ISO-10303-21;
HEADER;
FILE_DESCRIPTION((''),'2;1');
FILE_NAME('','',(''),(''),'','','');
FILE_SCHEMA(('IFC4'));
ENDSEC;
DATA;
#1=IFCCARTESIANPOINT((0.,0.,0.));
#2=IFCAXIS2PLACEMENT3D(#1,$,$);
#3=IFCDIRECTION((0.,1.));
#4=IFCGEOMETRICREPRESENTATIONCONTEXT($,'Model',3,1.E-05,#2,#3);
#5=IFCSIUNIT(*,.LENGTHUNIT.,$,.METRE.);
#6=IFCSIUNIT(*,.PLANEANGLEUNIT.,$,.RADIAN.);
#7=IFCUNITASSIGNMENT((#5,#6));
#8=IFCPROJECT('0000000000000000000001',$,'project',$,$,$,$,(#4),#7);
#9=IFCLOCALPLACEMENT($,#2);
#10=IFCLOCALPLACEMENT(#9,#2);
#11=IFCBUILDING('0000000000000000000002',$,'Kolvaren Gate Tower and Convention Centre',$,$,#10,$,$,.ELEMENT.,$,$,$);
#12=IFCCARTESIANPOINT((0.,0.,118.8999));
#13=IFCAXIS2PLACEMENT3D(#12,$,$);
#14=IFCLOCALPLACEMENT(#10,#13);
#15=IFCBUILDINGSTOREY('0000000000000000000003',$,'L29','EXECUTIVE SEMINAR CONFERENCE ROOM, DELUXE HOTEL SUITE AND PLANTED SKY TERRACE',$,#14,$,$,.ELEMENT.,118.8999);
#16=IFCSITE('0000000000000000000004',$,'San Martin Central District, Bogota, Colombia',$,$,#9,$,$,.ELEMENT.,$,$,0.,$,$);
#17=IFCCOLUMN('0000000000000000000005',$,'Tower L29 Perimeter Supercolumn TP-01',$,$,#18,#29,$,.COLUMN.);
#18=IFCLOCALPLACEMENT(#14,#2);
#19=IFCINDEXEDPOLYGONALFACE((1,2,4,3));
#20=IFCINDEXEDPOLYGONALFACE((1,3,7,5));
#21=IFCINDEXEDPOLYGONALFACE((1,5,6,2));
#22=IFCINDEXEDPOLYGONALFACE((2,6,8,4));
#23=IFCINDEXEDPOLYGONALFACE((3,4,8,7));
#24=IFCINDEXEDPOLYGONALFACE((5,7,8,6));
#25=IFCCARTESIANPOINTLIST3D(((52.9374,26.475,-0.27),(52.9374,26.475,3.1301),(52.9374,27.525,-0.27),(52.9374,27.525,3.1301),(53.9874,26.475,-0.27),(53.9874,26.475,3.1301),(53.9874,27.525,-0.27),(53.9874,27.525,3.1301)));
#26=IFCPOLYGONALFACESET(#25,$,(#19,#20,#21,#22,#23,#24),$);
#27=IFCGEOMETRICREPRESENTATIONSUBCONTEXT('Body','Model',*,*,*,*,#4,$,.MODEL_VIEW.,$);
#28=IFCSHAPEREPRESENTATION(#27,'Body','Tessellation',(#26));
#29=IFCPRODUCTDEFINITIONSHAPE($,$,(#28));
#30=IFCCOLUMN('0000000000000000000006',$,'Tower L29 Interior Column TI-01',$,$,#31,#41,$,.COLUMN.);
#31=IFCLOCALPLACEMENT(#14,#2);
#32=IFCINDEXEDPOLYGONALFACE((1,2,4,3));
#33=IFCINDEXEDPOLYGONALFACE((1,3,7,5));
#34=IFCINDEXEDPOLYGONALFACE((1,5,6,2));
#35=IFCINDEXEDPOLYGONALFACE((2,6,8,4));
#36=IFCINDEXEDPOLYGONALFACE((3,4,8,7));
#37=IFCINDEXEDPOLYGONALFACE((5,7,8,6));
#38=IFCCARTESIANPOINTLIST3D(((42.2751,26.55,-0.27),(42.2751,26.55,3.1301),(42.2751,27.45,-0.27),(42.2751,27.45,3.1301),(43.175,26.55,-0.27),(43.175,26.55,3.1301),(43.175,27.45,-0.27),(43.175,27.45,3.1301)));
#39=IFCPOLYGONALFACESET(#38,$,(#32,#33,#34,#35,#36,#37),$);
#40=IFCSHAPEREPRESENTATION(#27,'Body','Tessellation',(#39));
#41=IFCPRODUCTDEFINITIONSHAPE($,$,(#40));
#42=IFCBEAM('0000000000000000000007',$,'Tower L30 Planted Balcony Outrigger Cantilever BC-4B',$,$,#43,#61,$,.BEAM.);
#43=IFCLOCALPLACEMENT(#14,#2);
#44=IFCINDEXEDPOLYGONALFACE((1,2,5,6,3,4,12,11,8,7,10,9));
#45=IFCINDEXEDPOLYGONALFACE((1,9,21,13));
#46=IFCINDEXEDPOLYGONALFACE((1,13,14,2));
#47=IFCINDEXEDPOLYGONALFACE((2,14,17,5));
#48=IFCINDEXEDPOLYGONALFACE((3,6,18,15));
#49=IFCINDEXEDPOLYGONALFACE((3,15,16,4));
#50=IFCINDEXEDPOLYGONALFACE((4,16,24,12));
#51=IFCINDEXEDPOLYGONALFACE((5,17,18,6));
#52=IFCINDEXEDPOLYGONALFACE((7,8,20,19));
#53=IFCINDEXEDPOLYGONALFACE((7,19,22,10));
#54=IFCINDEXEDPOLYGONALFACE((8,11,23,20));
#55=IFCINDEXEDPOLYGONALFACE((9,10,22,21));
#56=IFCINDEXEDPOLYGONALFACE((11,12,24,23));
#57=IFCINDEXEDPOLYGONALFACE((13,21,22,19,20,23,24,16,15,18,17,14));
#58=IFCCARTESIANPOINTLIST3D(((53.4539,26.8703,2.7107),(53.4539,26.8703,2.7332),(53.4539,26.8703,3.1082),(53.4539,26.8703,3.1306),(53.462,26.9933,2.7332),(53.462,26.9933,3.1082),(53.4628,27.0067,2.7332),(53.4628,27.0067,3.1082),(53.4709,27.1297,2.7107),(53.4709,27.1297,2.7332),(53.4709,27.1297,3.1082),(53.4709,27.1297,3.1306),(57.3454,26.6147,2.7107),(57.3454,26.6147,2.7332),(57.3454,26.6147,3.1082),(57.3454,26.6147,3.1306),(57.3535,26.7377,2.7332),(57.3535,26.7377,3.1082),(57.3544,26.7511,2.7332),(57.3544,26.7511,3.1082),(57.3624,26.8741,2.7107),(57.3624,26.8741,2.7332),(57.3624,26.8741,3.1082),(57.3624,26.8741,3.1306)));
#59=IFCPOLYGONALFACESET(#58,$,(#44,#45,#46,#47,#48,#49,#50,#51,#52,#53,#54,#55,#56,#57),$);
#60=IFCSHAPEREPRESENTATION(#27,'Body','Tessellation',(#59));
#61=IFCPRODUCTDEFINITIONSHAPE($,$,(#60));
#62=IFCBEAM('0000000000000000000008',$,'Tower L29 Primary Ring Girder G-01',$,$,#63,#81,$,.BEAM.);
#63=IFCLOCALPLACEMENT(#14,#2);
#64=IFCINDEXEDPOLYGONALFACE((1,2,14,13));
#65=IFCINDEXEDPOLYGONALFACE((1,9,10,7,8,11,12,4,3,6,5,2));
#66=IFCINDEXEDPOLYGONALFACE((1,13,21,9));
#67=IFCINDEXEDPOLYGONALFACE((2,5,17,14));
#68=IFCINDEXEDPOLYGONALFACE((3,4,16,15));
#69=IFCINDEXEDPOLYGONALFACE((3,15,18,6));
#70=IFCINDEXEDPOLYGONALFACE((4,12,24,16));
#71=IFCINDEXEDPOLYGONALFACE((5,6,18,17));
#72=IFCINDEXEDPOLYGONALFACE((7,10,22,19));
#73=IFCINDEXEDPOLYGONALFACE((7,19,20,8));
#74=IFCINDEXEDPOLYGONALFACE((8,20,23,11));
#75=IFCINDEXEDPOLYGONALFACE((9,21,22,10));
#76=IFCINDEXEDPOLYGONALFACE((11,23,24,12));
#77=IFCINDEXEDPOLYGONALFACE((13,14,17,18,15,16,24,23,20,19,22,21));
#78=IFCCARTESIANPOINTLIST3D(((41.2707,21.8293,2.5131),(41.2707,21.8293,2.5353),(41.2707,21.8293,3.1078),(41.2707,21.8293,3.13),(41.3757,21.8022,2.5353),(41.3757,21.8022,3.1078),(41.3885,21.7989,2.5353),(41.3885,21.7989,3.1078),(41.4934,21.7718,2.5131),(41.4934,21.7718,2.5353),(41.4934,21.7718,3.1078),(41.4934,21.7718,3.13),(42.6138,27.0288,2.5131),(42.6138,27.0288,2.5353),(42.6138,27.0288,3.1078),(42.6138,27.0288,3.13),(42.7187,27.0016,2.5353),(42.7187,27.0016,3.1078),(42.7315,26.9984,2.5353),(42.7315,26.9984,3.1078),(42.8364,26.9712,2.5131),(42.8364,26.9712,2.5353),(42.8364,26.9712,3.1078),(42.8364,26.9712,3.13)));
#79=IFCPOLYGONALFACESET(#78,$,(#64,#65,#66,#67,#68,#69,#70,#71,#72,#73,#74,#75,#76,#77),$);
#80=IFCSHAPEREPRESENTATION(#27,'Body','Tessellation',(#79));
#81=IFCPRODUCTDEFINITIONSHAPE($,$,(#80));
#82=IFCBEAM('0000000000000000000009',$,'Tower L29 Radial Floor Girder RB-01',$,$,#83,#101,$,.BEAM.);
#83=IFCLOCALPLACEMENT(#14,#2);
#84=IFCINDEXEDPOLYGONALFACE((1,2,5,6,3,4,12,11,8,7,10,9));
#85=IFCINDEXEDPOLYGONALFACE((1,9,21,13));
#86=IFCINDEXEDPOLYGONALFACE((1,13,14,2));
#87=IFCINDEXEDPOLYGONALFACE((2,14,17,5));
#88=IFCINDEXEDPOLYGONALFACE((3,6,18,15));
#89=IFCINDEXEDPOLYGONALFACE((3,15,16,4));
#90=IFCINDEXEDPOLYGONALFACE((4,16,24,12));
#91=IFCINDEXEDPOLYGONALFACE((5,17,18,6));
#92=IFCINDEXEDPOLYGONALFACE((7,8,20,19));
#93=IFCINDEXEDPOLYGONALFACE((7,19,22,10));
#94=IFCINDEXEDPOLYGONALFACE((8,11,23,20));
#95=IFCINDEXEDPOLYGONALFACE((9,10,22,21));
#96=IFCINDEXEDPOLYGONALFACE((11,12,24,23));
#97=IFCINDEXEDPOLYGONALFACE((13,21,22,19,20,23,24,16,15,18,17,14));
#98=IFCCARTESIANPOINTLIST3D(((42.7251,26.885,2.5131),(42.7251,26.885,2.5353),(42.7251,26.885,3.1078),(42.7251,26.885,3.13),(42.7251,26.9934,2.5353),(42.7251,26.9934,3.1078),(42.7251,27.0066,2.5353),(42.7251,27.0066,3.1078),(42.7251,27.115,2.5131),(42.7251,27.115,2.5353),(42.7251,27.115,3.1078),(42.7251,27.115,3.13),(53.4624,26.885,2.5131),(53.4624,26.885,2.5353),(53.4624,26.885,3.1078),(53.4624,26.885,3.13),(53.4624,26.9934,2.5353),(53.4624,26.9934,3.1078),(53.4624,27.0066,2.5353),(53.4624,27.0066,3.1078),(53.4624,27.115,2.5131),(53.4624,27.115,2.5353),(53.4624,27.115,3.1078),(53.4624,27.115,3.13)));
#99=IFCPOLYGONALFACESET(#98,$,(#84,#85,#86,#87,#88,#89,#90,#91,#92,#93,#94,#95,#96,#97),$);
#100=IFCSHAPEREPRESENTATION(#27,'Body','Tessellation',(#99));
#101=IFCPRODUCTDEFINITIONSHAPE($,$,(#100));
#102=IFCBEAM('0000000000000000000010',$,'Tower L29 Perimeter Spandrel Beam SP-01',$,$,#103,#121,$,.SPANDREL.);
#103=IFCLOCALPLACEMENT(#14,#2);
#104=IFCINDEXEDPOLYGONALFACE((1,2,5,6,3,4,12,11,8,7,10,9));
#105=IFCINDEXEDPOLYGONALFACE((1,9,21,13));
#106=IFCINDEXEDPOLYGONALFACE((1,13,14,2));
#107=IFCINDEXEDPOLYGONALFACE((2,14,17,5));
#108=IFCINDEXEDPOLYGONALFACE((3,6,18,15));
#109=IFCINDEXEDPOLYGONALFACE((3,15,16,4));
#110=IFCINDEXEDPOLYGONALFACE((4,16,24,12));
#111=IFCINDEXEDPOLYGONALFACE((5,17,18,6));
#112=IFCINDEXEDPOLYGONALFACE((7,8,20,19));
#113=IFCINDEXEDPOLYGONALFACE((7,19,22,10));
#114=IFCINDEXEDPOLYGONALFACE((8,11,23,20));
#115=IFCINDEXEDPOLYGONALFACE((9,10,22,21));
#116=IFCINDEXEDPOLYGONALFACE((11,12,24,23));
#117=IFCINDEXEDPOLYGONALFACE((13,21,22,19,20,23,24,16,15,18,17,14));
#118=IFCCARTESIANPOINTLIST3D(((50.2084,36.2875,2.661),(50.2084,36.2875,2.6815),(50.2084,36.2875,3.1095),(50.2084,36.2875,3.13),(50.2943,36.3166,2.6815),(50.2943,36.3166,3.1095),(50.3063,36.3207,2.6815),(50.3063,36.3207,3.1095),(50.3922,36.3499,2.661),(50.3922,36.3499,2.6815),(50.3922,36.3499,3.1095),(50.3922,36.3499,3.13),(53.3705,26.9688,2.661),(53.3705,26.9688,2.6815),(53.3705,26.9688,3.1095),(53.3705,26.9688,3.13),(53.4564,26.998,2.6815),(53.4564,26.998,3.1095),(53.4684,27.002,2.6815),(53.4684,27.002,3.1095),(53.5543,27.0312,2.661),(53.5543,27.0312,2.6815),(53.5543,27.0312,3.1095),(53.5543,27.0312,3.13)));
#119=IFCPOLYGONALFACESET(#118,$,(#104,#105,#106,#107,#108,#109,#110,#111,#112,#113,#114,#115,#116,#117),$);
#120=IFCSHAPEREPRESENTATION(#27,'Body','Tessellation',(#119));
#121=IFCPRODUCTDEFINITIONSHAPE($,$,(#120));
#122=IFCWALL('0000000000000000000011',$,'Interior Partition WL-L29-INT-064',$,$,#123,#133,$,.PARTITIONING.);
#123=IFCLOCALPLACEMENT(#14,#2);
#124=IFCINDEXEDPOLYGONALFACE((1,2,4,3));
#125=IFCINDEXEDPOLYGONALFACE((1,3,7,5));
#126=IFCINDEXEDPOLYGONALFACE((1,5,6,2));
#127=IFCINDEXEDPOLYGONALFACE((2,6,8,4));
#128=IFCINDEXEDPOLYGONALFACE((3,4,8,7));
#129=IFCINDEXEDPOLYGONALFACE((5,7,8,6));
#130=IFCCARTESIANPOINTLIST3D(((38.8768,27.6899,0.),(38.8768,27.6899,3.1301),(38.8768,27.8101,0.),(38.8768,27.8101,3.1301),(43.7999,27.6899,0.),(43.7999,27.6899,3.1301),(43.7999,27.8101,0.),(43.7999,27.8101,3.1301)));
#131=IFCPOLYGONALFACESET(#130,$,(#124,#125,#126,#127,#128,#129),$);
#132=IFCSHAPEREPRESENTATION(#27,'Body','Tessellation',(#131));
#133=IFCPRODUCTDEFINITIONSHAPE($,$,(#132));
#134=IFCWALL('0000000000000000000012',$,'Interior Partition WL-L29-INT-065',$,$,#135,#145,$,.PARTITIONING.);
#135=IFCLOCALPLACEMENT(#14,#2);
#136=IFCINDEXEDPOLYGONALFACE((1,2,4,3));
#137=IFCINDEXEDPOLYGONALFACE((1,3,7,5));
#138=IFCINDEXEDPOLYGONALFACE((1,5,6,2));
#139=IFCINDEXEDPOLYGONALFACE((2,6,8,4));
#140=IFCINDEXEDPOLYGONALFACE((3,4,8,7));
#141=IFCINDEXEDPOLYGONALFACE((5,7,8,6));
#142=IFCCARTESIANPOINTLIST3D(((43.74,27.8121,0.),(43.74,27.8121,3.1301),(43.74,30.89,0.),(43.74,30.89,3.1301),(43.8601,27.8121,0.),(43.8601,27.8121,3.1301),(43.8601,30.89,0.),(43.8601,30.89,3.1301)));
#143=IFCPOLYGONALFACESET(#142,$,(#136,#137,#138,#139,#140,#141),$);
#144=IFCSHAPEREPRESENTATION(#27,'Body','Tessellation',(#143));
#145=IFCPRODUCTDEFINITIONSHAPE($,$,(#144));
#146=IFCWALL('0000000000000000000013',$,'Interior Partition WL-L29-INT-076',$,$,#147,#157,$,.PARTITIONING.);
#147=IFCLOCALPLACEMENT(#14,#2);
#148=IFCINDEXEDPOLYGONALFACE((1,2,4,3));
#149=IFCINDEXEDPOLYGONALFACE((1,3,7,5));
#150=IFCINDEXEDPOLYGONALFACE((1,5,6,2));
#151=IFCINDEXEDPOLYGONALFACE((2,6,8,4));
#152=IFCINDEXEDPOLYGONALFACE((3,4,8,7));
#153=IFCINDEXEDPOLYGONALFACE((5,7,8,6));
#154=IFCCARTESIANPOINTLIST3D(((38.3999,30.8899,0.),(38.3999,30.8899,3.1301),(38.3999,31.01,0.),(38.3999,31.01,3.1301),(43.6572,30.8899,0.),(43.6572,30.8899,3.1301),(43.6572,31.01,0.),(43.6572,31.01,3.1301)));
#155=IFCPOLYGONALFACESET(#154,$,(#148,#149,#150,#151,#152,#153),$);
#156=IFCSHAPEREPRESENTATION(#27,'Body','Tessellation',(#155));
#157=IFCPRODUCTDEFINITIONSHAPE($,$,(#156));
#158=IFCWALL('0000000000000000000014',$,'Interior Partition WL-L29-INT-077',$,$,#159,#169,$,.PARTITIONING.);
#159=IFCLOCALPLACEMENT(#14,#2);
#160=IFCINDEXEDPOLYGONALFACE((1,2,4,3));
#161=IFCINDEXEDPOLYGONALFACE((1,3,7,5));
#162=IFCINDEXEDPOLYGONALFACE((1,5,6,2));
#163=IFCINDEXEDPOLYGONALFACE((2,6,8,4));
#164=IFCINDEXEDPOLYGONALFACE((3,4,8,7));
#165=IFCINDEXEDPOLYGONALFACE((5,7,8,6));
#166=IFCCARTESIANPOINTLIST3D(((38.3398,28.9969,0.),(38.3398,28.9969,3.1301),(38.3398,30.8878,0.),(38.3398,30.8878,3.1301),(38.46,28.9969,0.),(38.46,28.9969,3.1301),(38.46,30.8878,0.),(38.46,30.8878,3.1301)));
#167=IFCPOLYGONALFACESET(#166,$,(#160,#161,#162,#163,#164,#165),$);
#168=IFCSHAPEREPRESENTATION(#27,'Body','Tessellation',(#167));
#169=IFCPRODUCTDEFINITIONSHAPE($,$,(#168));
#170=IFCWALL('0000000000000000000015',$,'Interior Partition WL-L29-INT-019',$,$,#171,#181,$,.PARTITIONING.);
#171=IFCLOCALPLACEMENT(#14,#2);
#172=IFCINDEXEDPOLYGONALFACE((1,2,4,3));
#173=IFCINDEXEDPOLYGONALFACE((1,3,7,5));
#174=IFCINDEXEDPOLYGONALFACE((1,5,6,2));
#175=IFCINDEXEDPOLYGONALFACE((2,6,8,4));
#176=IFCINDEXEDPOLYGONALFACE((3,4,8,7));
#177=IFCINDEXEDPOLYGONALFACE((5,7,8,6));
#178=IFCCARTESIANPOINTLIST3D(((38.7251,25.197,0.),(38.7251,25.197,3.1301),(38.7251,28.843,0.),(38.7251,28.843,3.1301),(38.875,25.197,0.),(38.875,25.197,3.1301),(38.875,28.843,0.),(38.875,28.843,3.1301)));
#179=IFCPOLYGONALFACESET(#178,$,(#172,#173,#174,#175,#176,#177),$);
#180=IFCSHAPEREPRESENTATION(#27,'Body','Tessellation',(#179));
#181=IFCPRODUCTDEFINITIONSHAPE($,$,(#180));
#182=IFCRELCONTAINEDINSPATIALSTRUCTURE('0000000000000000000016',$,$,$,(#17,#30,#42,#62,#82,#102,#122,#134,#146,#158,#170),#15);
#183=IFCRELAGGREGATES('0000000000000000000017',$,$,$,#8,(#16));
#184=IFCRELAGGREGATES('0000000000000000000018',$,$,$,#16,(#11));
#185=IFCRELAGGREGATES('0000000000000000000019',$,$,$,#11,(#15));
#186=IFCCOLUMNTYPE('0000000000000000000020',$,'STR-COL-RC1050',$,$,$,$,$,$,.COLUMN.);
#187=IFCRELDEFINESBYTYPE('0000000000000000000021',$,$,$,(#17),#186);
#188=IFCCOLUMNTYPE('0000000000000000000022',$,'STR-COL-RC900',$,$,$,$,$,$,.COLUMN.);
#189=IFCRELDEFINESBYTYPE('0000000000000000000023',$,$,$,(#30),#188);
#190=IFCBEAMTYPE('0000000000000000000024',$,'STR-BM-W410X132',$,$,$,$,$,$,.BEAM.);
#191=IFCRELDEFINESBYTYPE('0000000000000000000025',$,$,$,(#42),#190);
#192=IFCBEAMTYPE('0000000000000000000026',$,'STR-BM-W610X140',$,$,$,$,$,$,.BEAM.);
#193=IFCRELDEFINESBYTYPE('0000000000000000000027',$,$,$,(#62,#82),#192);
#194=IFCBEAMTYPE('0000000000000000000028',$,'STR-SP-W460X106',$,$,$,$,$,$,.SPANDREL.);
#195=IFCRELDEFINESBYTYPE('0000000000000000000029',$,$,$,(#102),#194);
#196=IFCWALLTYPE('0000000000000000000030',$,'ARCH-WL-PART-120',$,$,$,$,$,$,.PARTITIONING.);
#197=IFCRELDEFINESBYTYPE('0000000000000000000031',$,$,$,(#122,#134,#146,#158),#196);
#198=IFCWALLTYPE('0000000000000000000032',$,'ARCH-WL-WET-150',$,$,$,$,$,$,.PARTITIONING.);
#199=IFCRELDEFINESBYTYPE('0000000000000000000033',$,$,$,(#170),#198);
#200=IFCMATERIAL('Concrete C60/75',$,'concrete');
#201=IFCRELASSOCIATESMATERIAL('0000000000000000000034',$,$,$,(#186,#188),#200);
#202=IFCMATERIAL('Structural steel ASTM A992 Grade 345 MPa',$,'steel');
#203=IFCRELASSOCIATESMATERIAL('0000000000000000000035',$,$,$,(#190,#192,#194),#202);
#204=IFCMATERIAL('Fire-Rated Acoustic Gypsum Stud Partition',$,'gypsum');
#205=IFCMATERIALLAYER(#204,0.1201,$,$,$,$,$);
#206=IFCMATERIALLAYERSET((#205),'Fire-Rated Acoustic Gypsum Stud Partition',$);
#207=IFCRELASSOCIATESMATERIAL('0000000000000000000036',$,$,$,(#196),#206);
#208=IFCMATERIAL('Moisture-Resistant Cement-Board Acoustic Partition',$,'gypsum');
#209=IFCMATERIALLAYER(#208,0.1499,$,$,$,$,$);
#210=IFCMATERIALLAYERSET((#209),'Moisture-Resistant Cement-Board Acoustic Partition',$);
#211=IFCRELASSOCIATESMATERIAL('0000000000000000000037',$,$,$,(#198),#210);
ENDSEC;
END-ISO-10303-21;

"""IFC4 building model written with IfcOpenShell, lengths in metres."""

from ifc_helpers import new_model, si_unit, direction, frame, frame_2d, origin, origin_2d, place, context, subcontext, project, spatial, rectangle, i_section, extrude, material, layer, layer_set, material_profile, profile_set, type_object, element, save


model = new_model("IFC4")

# Units and contexts
model_context = context("Model", 3, precision=1e-05, world=origin(), true_north=direction((0.0, 1.0)))
body_context = subcontext(model_context, "Body", "Model", "MODEL_VIEW")
ifc_project = project(units=[si_unit("LENGTHUNIT", "METRE"), si_unit("PLANEANGLEUNIT", "RADIAN")], contexts=[model_context])

# Site, building, storey
site_placement = place(None, origin())
site = spatial("IfcSite", under=ifc_project, at=site_placement, Name="San Martin Central District, Bogota, Colombia", CompositionType="ELEMENT", RefElevation=0.0)
building_placement = place(site_placement, origin())
building = spatial("IfcBuilding", under=site, at=building_placement, Name="Kolvaren Gate Tower and Convention Centre", CompositionType="ELEMENT")
storey_placement = place(building_placement, frame((0.0, 0.0, 118.8999)))
storey = spatial("IfcBuildingStorey", under=building, at=storey_placement, Name="L29", Description="EXECUTIVE SEMINAR CONFERENCE ROOM, DELUXE HOTEL SUITE AND PLANTED SKY TERRACE", CompositionType="ELEMENT", Elevation=118.8999)

# Columns
ifc_material_1 = material(Name="Concrete C60/75", Category="concrete")
ifc_material_profile_1 = material_profile(ifc_material_1, rectangle(XDim=1.05, YDim=1.05, at=origin_2d()), Name="RC-COL-1050X1050")
ifc_profile_set_1 = profile_set([ifc_material_profile_1], Name="Concrete C60/75")
column_type_1 = type_object("IfcColumnType", Name="STR-COL-RC1050", PredefinedType="COLUMN", material=ifc_profile_set_1)
column_1_placement = place(storey_placement, frame((53.4624, 27.0, -0.27), z_axis=(0.0, 0.0, 1.0), x_axis=(1.0, 0.0, 0.0)))
element("IfcColumn", 1, at=column_1_placement, inside=storey, type_object=column_type_1, Name="Tower L29 Perimeter Supercolumn TP-01", PredefinedType="COLUMN", context=body_context, shape_type="SweptSolid", body=[
    extrude(rectangle(XDim=1.05, YDim=1.05, at=origin_2d()), origin(), (0.0, 0.0, 1.0), 3.4001),
])
ifc_material_profile_2 = material_profile(ifc_material_1, rectangle(XDim=0.8999, YDim=0.8999, at=origin_2d()), Name="RC-COL-900X900")
ifc_profile_set_2 = profile_set([ifc_material_profile_2], Name="Concrete C60/75")
column_type_2 = type_object("IfcColumnType", Name="STR-COL-RC900", PredefinedType="COLUMN", material=ifc_profile_set_2)
column_2_placement = place(storey_placement, frame((42.7251, 27.0, -0.27), z_axis=(0.0, 0.0, 1.0), x_axis=(1.0, 0.0, 0.0)))
element("IfcColumn", 2, at=column_2_placement, inside=storey, type_object=column_type_2, Name="Tower L29 Interior Column TI-01", PredefinedType="COLUMN", context=body_context, shape_type="SweptSolid", body=[
    extrude(rectangle(XDim=0.8999, YDim=0.8999, at=origin_2d()), origin(), (0.0, 0.0, 1.0), 3.4001),
])

# Beams
ifc_material_2 = material(Name="Structural steel ASTM A992 Grade 345 MPa", Category="steel")
ifc_material_profile_3 = material_profile(ifc_material_2, i_section(OverallWidth=0.26, OverallDepth=0.4199, WebThickness=0.0134, FlangeThickness=0.0225, at=origin_2d()), Name="W410X132")
ifc_profile_set_3 = profile_set([ifc_material_profile_3], Name="Structural steel ASTM A992 Grade 345 MPa")
beam_type_1 = type_object("IfcBeamType", Name="STR-BM-W410X132", PredefinedType="BEAM", material=ifc_profile_set_3)
beam_1_placement = place(storey_placement, frame((53.4624, 27.0, 2.9207), z_axis=(0.99785, -0.065543, 0.0), x_axis=(0.065543, 0.99785, 0.0)))
element("IfcBeam", 3, at=beam_1_placement, inside=storey, type_object=beam_type_1, Name="Tower L30 Planted Balcony Outrigger Cantilever BC-4B", PredefinedType="BEAM", context=body_context, shape_type="SweptSolid", body=[
    extrude(i_section(OverallWidth=0.26, OverallDepth=0.4199, WebThickness=0.0134, FlangeThickness=0.0225, at=origin_2d()), origin(), (0.0, 0.0, 1.0), 3.8999),
])
ifc_material_profile_4 = material_profile(ifc_material_2, i_section(OverallWidth=0.23, OverallDepth=0.6169, WebThickness=0.0132, FlangeThickness=0.0222, at=origin_2d()), Name="W610X140")
ifc_profile_set_4 = profile_set([ifc_material_profile_4], Name="Structural steel ASTM A992 Grade 345 MPa")
beam_type_2 = type_object("IfcBeamType", Name="STR-BM-W610X140", PredefinedType="BEAM", material=ifc_profile_set_4)
beam_2_placement = place(storey_placement, frame((42.7251, 27.0, 2.8215), z_axis=(-0.250091, -0.968222, 0.0), x_axis=(0.968222, -0.250091, 0.0)))
element("IfcBeam", 4, at=beam_2_placement, inside=storey, type_object=beam_type_2, Name="Tower L29 Primary Ring Girder G-01", PredefinedType="BEAM", context=body_context, shape_type="SweptSolid", body=[
    extrude(i_section(OverallWidth=0.23, OverallDepth=0.6169, WebThickness=0.0132, FlangeThickness=0.0222, at=origin_2d()), origin(), (0.0, 0.0, 1.0), 5.3701),
])
beam_3_placement = place(storey_placement, frame((42.7251, 27.0, 2.8215), z_axis=(1.0, 0.0, 0.0), x_axis=(0.0, 1.0, 0.0)))
element("IfcBeam", 5, at=beam_3_placement, inside=storey, type_object=beam_type_2, Name="Tower L29 Radial Floor Girder RB-01", PredefinedType="BEAM", context=body_context, shape_type="SweptSolid", body=[
    extrude(i_section(OverallWidth=0.23, OverallDepth=0.6169, WebThickness=0.0132, FlangeThickness=0.0222, at=origin_2d()), origin(), (0.0, 0.0, 1.0), 10.7373),
])
ifc_material_profile_5 = material_profile(ifc_material_2, i_section(OverallWidth=0.1941, OverallDepth=0.469, WebThickness=0.0127, FlangeThickness=0.0205, at=origin_2d()), Name="W460X106")
ifc_profile_set_5 = profile_set([ifc_material_profile_5], Name="Structural steel ASTM A992 Grade 345 MPa")
beam_type_3 = type_object("IfcBeamType", Name="STR-SP-W460X106", PredefinedType="SPANDREL", material=ifc_profile_set_5)
beam_4_placement = place(storey_placement, frame((53.4624, 27.0, 2.8955), z_axis=(-0.321336, 0.946965, 0.0), x_axis=(-0.946965, -0.321336, 0.0)))
element("IfcBeam", 6, at=beam_4_placement, inside=storey, type_object=beam_type_3, Name="Tower L29 Perimeter Spandrel Beam SP-01", PredefinedType="SPANDREL", context=body_context, shape_type="SweptSolid", body=[
    extrude(i_section(OverallWidth=0.1941, OverallDepth=0.469, WebThickness=0.0127, FlangeThickness=0.0205, at=origin_2d()), origin(), (0.0, 0.0, 1.0), 9.8406),
])

# Walls
ifc_material_3 = material(Name="Fire-Rated Acoustic Gypsum Stud Partition", Category="gypsum")
ifc_layer_1 = layer(ifc_material_3, 0.1201)
ifc_layer_set_1 = layer_set([ifc_layer_1], Name="Fire-Rated Acoustic Gypsum Stud Partition")
wall_type_1 = type_object("IfcWallType", Name="ARCH-WL-PART-120", PredefinedType="PARTITIONING", material=ifc_layer_set_1)
wall_1_placement = place(storey_placement, frame((38.877, 27.75, 0.0), z_axis=(0.0, 0.0, 1.0), x_axis=(1.0, 0.0, 0.0)))
element("IfcWall", 7, at=wall_1_placement, inside=storey, type_object=wall_type_1, Name="Interior Partition WL-L29-INT-064", PredefinedType="PARTITIONING", context=body_context, shape_type="SweptSolid", body=[
    extrude(rectangle(XDim=4.9231, YDim=0.1201, at=frame_2d((2.4614, 0.0))), origin(), (0.0, 0.0, 1.0), 3.1301),
])
wall_2_placement = place(storey_placement, frame((43.8, 27.812, 0.0), z_axis=(0.0, 0.0, 1.0), x_axis=(0.0, 1.0, 0.0)))
element("IfcWall", 8, at=wall_2_placement, inside=storey, type_object=wall_type_1, Name="Interior Partition WL-L29-INT-065", PredefinedType="PARTITIONING", context=body_context, shape_type="SweptSolid", body=[
    extrude(rectangle(XDim=3.0779, YDim=0.1201, at=frame_2d((1.5391, 0.0))), origin(), (0.0, 0.0, 1.0), 3.1301),
])
wall_3_placement = place(storey_placement, frame((38.3999, 30.95, 0.0), z_axis=(0.0, 0.0, 1.0), x_axis=(1.0, 0.0, 0.0)))
element("IfcWall", 9, at=wall_3_placement, inside=storey, type_object=wall_type_1, Name="Interior Partition WL-L29-INT-076", PredefinedType="PARTITIONING", context=body_context, shape_type="SweptSolid", body=[
    extrude(rectangle(XDim=5.2573, YDim=0.1201, at=frame_2d((2.6287, 0.0))), origin(), (0.0, 0.0, 1.0), 3.1301),
])
wall_4_placement = place(storey_placement, frame((38.3999, 28.9971, 0.0), z_axis=(0.0, 0.0, 1.0), x_axis=(0.0, 1.0, 0.0)))
element("IfcWall", 10, at=wall_4_placement, inside=storey, type_object=wall_type_1, Name="Interior Partition WL-L29-INT-077", PredefinedType="PARTITIONING", context=body_context, shape_type="SweptSolid", body=[
    extrude(rectangle(XDim=1.8909, YDim=0.1201, at=frame_2d((0.9453, 0.0))), origin(), (0.0, 0.0, 1.0), 3.1301),
])
ifc_material_4 = material(Name="Moisture-Resistant Cement-Board Acoustic Partition", Category="gypsum")
ifc_layer_2 = layer(ifc_material_4, 0.1499)
ifc_layer_set_2 = layer_set([ifc_layer_2], Name="Moisture-Resistant Cement-Board Acoustic Partition")
wall_type_2 = type_object("IfcWallType", Name="ARCH-WL-WET-150", PredefinedType="PARTITIONING", material=ifc_layer_set_2)
wall_5_placement = place(storey_placement, frame((38.8, 25.197, 0.0), z_axis=(0.0, 0.0, 1.0), x_axis=(0.0, 1.0, 0.0)))
element("IfcWall", 11, at=wall_5_placement, inside=storey, type_object=wall_type_2, Name="Interior Partition WL-L29-INT-019", PredefinedType="PARTITIONING", context=body_context, shape_type="SweptSolid", body=[
    extrude(rectangle(XDim=3.646, YDim=0.1499, at=frame_2d((1.823, 0.0))), origin(), (0.0, 0.0, 1.0), 3.1301),
])

save(model, "model.ifc")
